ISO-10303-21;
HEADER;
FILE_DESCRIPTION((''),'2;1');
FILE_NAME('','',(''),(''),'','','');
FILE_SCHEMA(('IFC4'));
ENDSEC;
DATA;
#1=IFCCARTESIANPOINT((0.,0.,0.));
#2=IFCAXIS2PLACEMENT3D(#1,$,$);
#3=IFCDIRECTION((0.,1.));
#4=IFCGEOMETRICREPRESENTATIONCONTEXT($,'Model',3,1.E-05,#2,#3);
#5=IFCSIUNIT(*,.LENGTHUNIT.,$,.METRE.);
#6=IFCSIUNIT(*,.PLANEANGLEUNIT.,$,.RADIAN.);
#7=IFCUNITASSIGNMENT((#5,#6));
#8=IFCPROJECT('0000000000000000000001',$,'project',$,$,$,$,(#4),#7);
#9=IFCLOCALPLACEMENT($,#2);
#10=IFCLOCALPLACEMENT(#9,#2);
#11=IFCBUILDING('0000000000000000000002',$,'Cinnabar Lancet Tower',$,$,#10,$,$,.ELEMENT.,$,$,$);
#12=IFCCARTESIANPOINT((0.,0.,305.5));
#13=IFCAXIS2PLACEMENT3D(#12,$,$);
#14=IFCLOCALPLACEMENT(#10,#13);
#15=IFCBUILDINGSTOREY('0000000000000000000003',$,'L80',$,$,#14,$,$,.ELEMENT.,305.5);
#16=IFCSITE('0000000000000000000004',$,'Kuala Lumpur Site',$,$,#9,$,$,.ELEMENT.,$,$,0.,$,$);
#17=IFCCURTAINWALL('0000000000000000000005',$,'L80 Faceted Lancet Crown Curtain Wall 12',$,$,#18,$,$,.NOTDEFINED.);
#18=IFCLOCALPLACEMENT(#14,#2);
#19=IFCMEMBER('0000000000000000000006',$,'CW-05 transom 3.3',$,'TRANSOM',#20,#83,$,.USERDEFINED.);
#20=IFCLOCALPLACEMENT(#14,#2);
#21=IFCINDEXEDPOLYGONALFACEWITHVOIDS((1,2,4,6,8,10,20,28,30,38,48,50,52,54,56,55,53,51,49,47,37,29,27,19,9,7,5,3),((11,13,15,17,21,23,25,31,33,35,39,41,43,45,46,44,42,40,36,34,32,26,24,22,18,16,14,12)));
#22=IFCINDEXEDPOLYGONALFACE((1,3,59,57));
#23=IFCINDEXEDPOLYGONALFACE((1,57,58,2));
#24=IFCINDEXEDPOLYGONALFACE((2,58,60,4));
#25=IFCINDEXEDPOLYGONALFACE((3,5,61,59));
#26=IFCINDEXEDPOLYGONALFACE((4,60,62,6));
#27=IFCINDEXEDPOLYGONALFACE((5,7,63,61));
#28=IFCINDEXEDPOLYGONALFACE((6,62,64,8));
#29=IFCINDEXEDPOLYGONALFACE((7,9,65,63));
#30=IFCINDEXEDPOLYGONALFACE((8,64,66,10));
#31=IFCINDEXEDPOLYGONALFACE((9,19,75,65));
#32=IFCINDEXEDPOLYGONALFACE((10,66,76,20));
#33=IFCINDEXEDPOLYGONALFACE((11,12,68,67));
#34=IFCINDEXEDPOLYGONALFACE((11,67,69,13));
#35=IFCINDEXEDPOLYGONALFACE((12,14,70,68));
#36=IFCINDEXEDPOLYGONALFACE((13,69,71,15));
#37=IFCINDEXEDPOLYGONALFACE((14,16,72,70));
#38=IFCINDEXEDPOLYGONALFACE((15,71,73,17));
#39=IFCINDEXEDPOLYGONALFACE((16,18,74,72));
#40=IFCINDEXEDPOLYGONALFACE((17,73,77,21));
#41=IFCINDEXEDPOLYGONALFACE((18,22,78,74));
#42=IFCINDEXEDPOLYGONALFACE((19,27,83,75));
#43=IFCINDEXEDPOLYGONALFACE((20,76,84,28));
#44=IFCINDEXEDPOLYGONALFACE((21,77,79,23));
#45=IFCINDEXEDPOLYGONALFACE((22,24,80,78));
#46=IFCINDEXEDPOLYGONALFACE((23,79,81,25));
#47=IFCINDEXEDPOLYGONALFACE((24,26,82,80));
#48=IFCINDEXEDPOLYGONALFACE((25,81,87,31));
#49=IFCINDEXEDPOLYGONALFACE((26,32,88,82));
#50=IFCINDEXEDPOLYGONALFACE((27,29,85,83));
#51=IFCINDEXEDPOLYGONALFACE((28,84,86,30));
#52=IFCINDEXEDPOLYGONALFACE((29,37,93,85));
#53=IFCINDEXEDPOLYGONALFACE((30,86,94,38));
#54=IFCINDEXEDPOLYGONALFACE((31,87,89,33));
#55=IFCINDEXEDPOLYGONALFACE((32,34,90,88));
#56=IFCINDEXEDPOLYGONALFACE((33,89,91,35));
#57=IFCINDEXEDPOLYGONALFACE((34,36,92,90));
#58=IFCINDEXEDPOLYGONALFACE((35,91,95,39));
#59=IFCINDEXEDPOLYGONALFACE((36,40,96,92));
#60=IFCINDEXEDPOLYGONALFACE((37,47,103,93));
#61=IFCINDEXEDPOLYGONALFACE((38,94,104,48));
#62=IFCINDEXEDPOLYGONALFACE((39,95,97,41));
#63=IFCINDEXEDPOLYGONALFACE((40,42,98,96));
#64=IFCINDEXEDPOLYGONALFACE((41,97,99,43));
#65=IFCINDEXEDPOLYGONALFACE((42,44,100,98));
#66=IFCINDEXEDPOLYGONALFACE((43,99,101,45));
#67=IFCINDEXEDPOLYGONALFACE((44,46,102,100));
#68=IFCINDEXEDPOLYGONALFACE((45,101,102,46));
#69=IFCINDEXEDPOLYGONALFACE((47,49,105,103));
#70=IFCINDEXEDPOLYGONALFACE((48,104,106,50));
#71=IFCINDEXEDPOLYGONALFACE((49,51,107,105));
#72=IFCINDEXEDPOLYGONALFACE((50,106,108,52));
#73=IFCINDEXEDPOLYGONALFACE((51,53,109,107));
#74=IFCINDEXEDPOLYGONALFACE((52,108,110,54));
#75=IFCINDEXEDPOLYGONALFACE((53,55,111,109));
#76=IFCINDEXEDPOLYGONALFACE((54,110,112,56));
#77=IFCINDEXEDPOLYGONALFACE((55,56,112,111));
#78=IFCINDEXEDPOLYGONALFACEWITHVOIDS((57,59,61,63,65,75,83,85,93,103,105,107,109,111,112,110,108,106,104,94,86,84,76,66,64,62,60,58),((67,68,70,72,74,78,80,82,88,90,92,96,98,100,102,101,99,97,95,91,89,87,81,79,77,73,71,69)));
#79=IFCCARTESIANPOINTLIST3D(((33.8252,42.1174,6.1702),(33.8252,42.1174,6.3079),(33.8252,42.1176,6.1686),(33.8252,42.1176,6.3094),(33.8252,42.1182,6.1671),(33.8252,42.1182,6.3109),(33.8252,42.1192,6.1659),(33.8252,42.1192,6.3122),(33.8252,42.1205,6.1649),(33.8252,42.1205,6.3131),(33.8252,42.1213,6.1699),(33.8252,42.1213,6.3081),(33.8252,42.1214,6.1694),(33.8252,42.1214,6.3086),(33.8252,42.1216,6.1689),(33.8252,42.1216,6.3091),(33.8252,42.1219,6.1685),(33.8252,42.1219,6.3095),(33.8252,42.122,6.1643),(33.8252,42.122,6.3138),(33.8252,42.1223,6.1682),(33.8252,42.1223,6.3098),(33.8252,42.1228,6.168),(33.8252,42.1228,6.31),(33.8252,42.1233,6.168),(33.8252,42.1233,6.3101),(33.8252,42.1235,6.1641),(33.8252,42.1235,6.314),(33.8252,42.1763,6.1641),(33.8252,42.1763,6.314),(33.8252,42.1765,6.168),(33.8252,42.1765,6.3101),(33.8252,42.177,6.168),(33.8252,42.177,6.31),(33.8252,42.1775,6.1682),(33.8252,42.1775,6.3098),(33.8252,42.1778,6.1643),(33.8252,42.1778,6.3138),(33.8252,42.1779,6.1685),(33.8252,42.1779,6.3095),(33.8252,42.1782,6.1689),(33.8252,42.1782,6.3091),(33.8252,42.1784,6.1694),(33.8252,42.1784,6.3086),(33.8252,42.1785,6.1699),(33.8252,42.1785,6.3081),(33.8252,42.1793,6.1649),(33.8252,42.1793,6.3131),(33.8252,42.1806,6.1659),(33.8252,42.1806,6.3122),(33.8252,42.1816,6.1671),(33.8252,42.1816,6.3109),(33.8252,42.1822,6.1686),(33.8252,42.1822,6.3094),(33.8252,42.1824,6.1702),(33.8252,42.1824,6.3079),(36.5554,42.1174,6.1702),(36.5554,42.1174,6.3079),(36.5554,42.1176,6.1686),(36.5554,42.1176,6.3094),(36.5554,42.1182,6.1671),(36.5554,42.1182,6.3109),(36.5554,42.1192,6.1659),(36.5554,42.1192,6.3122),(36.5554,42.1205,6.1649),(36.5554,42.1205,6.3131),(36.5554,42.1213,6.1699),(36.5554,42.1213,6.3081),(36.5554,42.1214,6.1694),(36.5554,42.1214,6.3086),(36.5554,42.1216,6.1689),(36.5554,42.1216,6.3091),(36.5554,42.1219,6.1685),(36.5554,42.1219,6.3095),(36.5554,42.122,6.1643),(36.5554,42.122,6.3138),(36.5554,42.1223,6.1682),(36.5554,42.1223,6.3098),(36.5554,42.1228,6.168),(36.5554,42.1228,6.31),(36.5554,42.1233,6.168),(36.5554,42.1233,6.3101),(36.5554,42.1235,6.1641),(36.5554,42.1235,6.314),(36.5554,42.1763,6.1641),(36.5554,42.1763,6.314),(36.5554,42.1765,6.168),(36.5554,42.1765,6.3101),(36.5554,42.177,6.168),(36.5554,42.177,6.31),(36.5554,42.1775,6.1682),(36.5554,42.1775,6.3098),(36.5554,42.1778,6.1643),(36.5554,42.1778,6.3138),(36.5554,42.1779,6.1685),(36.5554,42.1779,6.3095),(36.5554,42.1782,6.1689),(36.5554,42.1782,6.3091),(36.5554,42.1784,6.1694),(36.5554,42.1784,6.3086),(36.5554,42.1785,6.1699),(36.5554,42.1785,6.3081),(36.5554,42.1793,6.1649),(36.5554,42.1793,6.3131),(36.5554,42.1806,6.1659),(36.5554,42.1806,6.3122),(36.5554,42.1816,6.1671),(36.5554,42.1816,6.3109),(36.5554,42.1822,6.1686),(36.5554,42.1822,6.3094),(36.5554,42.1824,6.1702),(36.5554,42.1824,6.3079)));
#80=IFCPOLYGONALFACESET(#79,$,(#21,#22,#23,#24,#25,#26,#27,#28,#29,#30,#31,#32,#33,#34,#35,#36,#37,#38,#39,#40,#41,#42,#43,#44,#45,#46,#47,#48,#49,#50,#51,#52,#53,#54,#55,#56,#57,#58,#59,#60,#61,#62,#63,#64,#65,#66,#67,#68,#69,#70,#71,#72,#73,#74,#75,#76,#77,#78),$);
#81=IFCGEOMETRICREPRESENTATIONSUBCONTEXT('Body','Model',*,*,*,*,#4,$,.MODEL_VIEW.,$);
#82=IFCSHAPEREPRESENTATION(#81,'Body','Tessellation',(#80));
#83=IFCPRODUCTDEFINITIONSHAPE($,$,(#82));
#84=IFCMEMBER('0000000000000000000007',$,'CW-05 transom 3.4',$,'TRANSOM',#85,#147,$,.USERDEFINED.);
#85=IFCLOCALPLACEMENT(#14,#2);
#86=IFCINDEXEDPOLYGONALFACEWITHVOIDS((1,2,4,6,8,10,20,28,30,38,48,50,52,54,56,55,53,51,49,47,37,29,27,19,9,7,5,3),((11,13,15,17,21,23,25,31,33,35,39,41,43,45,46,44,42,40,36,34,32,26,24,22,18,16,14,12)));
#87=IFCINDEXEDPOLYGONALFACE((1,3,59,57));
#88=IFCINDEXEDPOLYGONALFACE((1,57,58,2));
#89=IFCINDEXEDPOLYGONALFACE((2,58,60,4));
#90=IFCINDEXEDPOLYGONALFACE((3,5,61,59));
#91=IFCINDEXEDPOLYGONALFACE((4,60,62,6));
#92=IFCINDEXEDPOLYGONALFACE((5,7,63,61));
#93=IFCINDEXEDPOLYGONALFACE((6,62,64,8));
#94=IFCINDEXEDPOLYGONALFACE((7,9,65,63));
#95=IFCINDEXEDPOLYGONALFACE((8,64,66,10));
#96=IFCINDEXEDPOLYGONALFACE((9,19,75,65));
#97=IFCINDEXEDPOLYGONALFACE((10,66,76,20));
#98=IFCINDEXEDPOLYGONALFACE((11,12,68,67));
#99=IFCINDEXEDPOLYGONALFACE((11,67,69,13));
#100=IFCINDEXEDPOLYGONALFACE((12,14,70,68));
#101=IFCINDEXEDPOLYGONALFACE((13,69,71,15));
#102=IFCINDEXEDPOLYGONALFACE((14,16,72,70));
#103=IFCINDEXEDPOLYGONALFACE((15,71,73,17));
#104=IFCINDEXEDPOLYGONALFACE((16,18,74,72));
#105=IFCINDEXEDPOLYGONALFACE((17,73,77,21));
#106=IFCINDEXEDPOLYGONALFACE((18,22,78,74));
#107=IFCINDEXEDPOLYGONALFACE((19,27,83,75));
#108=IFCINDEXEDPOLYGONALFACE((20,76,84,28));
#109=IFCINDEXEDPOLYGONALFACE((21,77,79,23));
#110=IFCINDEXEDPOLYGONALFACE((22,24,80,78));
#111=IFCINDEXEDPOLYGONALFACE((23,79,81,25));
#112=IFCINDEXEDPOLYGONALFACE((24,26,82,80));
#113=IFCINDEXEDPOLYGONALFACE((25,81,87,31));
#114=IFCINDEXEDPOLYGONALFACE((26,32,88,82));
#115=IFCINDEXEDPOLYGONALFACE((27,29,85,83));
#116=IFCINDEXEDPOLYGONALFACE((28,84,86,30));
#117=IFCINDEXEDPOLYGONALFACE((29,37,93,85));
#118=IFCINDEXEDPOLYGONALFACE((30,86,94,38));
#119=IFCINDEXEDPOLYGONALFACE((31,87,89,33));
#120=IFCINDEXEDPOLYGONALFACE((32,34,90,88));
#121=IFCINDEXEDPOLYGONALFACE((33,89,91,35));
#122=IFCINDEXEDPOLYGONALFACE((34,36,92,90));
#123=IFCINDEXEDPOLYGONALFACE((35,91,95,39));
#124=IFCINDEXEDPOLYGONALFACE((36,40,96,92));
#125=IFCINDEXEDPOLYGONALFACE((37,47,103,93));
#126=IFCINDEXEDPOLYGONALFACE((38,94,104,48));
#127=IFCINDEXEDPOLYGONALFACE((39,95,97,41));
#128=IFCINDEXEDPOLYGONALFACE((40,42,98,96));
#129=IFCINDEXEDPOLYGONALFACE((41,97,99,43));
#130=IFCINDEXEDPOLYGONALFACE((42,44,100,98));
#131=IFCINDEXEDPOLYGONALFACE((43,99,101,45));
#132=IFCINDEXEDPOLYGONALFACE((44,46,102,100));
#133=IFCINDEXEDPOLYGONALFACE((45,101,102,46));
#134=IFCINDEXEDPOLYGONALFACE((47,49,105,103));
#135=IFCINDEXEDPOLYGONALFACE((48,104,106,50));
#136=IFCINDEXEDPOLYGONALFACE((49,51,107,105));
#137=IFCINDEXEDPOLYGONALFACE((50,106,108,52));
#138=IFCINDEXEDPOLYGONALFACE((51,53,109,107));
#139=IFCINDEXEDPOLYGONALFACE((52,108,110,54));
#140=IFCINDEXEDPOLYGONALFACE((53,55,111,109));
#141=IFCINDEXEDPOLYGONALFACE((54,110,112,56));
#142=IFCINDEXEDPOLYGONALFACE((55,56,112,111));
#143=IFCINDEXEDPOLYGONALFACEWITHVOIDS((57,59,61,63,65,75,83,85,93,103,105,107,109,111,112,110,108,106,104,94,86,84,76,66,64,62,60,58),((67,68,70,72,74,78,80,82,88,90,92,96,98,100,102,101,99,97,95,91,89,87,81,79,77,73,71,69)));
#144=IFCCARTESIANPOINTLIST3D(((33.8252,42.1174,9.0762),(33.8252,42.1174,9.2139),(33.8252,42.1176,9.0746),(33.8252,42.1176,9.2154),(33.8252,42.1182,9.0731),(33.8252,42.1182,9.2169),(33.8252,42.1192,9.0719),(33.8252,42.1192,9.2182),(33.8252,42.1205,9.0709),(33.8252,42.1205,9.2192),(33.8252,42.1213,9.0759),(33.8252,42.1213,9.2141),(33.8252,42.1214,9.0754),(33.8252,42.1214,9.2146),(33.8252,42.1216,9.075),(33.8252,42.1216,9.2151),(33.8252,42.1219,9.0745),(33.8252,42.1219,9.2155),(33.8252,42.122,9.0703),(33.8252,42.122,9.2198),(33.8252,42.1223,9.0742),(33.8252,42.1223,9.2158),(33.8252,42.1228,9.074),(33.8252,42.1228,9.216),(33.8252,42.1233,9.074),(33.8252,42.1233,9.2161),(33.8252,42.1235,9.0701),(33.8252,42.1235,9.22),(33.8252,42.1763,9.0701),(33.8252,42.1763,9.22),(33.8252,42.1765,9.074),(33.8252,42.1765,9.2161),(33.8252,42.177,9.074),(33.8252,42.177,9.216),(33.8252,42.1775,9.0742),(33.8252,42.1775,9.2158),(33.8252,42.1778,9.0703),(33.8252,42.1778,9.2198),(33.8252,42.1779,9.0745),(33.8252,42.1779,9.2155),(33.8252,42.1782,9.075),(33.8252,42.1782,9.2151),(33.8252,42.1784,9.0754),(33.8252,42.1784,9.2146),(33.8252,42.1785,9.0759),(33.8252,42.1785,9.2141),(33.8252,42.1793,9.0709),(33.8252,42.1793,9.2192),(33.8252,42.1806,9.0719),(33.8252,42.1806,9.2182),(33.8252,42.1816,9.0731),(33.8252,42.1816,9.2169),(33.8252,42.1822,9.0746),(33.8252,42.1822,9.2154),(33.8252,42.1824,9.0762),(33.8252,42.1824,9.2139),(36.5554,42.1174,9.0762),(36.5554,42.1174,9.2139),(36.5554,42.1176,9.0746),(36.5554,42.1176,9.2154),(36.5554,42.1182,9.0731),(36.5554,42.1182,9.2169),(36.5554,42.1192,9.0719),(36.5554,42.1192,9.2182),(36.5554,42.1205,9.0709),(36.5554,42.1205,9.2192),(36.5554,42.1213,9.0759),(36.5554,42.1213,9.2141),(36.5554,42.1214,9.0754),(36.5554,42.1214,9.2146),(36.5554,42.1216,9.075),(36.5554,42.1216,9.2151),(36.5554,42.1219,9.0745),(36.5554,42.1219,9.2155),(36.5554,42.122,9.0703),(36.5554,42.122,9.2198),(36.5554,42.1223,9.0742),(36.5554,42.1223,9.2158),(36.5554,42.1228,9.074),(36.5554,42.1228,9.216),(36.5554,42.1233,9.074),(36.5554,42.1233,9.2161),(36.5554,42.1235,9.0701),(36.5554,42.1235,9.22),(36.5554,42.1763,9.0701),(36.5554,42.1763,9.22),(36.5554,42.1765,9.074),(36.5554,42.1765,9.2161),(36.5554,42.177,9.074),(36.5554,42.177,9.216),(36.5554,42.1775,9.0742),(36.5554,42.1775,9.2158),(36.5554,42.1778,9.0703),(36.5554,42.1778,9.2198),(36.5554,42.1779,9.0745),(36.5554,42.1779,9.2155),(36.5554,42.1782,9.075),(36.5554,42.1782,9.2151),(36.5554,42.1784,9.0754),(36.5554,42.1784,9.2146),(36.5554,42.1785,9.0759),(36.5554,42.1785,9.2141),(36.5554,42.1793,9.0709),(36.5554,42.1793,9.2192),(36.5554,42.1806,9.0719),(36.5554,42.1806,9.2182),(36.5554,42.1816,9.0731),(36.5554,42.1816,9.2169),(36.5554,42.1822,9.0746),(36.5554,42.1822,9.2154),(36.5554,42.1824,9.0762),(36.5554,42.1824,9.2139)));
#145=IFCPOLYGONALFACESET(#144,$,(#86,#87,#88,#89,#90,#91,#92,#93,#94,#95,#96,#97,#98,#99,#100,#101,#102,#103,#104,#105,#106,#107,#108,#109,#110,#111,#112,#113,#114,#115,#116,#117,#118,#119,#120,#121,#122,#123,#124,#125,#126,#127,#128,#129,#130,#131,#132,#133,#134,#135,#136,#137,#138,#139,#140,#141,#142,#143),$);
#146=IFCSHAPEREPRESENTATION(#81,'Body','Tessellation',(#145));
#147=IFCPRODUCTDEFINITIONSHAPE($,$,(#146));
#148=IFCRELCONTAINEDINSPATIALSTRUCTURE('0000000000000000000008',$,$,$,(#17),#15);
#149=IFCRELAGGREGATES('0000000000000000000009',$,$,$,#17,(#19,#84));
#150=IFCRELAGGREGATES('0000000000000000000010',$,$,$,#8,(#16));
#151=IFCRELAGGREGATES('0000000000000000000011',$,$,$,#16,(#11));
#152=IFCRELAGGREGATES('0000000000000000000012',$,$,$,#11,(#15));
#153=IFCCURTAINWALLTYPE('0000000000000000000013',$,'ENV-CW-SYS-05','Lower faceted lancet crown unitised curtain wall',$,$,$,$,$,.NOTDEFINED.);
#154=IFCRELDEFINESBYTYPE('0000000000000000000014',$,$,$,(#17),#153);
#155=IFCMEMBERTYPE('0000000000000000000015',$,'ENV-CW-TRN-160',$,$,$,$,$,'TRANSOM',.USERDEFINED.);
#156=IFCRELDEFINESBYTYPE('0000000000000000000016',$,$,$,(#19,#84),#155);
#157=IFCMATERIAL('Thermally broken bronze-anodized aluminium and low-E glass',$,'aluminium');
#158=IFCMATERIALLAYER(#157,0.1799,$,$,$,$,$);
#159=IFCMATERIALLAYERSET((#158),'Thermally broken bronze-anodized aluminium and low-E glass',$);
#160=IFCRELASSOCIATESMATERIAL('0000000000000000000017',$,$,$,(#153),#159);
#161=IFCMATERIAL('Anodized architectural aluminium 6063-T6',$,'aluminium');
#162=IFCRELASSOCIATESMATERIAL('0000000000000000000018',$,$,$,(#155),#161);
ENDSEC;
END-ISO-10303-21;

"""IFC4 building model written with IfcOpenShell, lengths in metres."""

from ifc_helpers import new_model, si_unit, direction, frame, origin, origin_2d, place, context, subcontext, project, spatial, hollow_rectangle, extrude, material, layer, layer_set, material_profile, profile_set, type_object, element, aggregate, save


model = new_model("IFC4")

# Units and contexts
model_context = context("Model", 3, precision=1e-05, world=origin(), true_north=direction((0.0, 1.0)))
body_context = subcontext(model_context, "Body", "Model", "MODEL_VIEW")
ifc_project = project(units=[si_unit("LENGTHUNIT", "METRE"), si_unit("PLANEANGLEUNIT", "RADIAN")], contexts=[model_context])

# Site, building, storey
site_placement = place(None, origin())
site = spatial("IfcSite", under=ifc_project, at=site_placement, Name="Kuala Lumpur Site", CompositionType="ELEMENT", RefElevation=0.0)
building_placement = place(site_placement, origin())
building = spatial("IfcBuilding", under=site, at=building_placement, Name="Cinnabar Lancet Tower", CompositionType="ELEMENT")
storey_placement = place(building_placement, frame((0.0, 0.0, 305.5)))
storey = spatial("IfcBuildingStorey", under=building, at=storey_placement, Name="L80", CompositionType="ELEMENT", Elevation=305.5)

# Curtain wall, members
ifc_material_1 = material(Name="Thermally broken bronze-anodized aluminium and low-E glass", Category="aluminium")
ifc_layer_1 = layer(ifc_material_1, 0.1799)
ifc_layer_set_1 = layer_set([ifc_layer_1], Name="Thermally broken bronze-anodized aluminium and low-E glass")
curtain_wall_type = type_object("IfcCurtainWallType", Name="ENV-CW-SYS-05", Description="Lower faceted lancet crown unitised curtain wall", PredefinedType="NOTDEFINED", material=ifc_layer_set_1)
curtain_wall_placement = place(storey_placement, origin())
curtain_wall = element("IfcCurtainWall", 1, at=curtain_wall_placement, inside=storey, type_object=curtain_wall_type, Name="L80 Faceted Lancet Crown Curtain Wall 12", PredefinedType="NOTDEFINED")
ifc_material_2 = material(Name="Anodized architectural aluminium 6063-T6", Category="aluminium")
ifc_material_profile_1 = material_profile(ifc_material_2, hollow_rectangle(XDim=0.0649, YDim=0.1499, WallThickness=0.0039, InnerFilletRadius=0.002, OuterFilletRadius=0.0061, at=origin_2d()), Name="CW-TRN 150x65x4")
ifc_profile_set_1 = profile_set([ifc_material_profile_1], Name="Anodized architectural aluminium 6063-T6")
member_type_1 = type_object("IfcMemberType", Name="ENV-CW-TRN-160", ElementType="TRANSOM", PredefinedType="USERDEFINED", material=ifc_profile_set_1)
member_1_placement = place(storey_placement, frame((36.5554, 42.1499, 6.239), z_axis=(-1.0, 0.0, 0.0), x_axis=(0.0, -1.0, 0.0)))
member_1 = element("IfcMember", 2, at=member_1_placement, type_object=member_type_1, Name="CW-05 transom 3.3", ObjectType="TRANSOM", PredefinedType="USERDEFINED", context=body_context, shape_type="SweptSolid", body=[
    extrude(hollow_rectangle(XDim=0.0649, YDim=0.1499, WallThickness=0.0039, InnerFilletRadius=0.002, OuterFilletRadius=0.0061, at=origin_2d()), origin(), (0.0, 0.0, 1.0), 2.7302),
])
member_2_placement = place(storey_placement, frame((36.5554, 42.1499, 9.145), z_axis=(-1.0, 0.0, 0.0), x_axis=(0.0, -1.0, 0.0)))
member_2 = element("IfcMember", 3, at=member_2_placement, type_object=member_type_1, Name="CW-05 transom 3.4", ObjectType="TRANSOM", PredefinedType="USERDEFINED", context=body_context, shape_type="SweptSolid", body=[
    extrude(hollow_rectangle(XDim=0.0649, YDim=0.1499, WallThickness=0.0039, InnerFilletRadius=0.002, OuterFilletRadius=0.0061, at=origin_2d()), origin(), (0.0, 0.0, 1.0), 2.7302),
])
aggregate(curtain_wall, [member_1, member_2])

save(model, "model.ifc")
